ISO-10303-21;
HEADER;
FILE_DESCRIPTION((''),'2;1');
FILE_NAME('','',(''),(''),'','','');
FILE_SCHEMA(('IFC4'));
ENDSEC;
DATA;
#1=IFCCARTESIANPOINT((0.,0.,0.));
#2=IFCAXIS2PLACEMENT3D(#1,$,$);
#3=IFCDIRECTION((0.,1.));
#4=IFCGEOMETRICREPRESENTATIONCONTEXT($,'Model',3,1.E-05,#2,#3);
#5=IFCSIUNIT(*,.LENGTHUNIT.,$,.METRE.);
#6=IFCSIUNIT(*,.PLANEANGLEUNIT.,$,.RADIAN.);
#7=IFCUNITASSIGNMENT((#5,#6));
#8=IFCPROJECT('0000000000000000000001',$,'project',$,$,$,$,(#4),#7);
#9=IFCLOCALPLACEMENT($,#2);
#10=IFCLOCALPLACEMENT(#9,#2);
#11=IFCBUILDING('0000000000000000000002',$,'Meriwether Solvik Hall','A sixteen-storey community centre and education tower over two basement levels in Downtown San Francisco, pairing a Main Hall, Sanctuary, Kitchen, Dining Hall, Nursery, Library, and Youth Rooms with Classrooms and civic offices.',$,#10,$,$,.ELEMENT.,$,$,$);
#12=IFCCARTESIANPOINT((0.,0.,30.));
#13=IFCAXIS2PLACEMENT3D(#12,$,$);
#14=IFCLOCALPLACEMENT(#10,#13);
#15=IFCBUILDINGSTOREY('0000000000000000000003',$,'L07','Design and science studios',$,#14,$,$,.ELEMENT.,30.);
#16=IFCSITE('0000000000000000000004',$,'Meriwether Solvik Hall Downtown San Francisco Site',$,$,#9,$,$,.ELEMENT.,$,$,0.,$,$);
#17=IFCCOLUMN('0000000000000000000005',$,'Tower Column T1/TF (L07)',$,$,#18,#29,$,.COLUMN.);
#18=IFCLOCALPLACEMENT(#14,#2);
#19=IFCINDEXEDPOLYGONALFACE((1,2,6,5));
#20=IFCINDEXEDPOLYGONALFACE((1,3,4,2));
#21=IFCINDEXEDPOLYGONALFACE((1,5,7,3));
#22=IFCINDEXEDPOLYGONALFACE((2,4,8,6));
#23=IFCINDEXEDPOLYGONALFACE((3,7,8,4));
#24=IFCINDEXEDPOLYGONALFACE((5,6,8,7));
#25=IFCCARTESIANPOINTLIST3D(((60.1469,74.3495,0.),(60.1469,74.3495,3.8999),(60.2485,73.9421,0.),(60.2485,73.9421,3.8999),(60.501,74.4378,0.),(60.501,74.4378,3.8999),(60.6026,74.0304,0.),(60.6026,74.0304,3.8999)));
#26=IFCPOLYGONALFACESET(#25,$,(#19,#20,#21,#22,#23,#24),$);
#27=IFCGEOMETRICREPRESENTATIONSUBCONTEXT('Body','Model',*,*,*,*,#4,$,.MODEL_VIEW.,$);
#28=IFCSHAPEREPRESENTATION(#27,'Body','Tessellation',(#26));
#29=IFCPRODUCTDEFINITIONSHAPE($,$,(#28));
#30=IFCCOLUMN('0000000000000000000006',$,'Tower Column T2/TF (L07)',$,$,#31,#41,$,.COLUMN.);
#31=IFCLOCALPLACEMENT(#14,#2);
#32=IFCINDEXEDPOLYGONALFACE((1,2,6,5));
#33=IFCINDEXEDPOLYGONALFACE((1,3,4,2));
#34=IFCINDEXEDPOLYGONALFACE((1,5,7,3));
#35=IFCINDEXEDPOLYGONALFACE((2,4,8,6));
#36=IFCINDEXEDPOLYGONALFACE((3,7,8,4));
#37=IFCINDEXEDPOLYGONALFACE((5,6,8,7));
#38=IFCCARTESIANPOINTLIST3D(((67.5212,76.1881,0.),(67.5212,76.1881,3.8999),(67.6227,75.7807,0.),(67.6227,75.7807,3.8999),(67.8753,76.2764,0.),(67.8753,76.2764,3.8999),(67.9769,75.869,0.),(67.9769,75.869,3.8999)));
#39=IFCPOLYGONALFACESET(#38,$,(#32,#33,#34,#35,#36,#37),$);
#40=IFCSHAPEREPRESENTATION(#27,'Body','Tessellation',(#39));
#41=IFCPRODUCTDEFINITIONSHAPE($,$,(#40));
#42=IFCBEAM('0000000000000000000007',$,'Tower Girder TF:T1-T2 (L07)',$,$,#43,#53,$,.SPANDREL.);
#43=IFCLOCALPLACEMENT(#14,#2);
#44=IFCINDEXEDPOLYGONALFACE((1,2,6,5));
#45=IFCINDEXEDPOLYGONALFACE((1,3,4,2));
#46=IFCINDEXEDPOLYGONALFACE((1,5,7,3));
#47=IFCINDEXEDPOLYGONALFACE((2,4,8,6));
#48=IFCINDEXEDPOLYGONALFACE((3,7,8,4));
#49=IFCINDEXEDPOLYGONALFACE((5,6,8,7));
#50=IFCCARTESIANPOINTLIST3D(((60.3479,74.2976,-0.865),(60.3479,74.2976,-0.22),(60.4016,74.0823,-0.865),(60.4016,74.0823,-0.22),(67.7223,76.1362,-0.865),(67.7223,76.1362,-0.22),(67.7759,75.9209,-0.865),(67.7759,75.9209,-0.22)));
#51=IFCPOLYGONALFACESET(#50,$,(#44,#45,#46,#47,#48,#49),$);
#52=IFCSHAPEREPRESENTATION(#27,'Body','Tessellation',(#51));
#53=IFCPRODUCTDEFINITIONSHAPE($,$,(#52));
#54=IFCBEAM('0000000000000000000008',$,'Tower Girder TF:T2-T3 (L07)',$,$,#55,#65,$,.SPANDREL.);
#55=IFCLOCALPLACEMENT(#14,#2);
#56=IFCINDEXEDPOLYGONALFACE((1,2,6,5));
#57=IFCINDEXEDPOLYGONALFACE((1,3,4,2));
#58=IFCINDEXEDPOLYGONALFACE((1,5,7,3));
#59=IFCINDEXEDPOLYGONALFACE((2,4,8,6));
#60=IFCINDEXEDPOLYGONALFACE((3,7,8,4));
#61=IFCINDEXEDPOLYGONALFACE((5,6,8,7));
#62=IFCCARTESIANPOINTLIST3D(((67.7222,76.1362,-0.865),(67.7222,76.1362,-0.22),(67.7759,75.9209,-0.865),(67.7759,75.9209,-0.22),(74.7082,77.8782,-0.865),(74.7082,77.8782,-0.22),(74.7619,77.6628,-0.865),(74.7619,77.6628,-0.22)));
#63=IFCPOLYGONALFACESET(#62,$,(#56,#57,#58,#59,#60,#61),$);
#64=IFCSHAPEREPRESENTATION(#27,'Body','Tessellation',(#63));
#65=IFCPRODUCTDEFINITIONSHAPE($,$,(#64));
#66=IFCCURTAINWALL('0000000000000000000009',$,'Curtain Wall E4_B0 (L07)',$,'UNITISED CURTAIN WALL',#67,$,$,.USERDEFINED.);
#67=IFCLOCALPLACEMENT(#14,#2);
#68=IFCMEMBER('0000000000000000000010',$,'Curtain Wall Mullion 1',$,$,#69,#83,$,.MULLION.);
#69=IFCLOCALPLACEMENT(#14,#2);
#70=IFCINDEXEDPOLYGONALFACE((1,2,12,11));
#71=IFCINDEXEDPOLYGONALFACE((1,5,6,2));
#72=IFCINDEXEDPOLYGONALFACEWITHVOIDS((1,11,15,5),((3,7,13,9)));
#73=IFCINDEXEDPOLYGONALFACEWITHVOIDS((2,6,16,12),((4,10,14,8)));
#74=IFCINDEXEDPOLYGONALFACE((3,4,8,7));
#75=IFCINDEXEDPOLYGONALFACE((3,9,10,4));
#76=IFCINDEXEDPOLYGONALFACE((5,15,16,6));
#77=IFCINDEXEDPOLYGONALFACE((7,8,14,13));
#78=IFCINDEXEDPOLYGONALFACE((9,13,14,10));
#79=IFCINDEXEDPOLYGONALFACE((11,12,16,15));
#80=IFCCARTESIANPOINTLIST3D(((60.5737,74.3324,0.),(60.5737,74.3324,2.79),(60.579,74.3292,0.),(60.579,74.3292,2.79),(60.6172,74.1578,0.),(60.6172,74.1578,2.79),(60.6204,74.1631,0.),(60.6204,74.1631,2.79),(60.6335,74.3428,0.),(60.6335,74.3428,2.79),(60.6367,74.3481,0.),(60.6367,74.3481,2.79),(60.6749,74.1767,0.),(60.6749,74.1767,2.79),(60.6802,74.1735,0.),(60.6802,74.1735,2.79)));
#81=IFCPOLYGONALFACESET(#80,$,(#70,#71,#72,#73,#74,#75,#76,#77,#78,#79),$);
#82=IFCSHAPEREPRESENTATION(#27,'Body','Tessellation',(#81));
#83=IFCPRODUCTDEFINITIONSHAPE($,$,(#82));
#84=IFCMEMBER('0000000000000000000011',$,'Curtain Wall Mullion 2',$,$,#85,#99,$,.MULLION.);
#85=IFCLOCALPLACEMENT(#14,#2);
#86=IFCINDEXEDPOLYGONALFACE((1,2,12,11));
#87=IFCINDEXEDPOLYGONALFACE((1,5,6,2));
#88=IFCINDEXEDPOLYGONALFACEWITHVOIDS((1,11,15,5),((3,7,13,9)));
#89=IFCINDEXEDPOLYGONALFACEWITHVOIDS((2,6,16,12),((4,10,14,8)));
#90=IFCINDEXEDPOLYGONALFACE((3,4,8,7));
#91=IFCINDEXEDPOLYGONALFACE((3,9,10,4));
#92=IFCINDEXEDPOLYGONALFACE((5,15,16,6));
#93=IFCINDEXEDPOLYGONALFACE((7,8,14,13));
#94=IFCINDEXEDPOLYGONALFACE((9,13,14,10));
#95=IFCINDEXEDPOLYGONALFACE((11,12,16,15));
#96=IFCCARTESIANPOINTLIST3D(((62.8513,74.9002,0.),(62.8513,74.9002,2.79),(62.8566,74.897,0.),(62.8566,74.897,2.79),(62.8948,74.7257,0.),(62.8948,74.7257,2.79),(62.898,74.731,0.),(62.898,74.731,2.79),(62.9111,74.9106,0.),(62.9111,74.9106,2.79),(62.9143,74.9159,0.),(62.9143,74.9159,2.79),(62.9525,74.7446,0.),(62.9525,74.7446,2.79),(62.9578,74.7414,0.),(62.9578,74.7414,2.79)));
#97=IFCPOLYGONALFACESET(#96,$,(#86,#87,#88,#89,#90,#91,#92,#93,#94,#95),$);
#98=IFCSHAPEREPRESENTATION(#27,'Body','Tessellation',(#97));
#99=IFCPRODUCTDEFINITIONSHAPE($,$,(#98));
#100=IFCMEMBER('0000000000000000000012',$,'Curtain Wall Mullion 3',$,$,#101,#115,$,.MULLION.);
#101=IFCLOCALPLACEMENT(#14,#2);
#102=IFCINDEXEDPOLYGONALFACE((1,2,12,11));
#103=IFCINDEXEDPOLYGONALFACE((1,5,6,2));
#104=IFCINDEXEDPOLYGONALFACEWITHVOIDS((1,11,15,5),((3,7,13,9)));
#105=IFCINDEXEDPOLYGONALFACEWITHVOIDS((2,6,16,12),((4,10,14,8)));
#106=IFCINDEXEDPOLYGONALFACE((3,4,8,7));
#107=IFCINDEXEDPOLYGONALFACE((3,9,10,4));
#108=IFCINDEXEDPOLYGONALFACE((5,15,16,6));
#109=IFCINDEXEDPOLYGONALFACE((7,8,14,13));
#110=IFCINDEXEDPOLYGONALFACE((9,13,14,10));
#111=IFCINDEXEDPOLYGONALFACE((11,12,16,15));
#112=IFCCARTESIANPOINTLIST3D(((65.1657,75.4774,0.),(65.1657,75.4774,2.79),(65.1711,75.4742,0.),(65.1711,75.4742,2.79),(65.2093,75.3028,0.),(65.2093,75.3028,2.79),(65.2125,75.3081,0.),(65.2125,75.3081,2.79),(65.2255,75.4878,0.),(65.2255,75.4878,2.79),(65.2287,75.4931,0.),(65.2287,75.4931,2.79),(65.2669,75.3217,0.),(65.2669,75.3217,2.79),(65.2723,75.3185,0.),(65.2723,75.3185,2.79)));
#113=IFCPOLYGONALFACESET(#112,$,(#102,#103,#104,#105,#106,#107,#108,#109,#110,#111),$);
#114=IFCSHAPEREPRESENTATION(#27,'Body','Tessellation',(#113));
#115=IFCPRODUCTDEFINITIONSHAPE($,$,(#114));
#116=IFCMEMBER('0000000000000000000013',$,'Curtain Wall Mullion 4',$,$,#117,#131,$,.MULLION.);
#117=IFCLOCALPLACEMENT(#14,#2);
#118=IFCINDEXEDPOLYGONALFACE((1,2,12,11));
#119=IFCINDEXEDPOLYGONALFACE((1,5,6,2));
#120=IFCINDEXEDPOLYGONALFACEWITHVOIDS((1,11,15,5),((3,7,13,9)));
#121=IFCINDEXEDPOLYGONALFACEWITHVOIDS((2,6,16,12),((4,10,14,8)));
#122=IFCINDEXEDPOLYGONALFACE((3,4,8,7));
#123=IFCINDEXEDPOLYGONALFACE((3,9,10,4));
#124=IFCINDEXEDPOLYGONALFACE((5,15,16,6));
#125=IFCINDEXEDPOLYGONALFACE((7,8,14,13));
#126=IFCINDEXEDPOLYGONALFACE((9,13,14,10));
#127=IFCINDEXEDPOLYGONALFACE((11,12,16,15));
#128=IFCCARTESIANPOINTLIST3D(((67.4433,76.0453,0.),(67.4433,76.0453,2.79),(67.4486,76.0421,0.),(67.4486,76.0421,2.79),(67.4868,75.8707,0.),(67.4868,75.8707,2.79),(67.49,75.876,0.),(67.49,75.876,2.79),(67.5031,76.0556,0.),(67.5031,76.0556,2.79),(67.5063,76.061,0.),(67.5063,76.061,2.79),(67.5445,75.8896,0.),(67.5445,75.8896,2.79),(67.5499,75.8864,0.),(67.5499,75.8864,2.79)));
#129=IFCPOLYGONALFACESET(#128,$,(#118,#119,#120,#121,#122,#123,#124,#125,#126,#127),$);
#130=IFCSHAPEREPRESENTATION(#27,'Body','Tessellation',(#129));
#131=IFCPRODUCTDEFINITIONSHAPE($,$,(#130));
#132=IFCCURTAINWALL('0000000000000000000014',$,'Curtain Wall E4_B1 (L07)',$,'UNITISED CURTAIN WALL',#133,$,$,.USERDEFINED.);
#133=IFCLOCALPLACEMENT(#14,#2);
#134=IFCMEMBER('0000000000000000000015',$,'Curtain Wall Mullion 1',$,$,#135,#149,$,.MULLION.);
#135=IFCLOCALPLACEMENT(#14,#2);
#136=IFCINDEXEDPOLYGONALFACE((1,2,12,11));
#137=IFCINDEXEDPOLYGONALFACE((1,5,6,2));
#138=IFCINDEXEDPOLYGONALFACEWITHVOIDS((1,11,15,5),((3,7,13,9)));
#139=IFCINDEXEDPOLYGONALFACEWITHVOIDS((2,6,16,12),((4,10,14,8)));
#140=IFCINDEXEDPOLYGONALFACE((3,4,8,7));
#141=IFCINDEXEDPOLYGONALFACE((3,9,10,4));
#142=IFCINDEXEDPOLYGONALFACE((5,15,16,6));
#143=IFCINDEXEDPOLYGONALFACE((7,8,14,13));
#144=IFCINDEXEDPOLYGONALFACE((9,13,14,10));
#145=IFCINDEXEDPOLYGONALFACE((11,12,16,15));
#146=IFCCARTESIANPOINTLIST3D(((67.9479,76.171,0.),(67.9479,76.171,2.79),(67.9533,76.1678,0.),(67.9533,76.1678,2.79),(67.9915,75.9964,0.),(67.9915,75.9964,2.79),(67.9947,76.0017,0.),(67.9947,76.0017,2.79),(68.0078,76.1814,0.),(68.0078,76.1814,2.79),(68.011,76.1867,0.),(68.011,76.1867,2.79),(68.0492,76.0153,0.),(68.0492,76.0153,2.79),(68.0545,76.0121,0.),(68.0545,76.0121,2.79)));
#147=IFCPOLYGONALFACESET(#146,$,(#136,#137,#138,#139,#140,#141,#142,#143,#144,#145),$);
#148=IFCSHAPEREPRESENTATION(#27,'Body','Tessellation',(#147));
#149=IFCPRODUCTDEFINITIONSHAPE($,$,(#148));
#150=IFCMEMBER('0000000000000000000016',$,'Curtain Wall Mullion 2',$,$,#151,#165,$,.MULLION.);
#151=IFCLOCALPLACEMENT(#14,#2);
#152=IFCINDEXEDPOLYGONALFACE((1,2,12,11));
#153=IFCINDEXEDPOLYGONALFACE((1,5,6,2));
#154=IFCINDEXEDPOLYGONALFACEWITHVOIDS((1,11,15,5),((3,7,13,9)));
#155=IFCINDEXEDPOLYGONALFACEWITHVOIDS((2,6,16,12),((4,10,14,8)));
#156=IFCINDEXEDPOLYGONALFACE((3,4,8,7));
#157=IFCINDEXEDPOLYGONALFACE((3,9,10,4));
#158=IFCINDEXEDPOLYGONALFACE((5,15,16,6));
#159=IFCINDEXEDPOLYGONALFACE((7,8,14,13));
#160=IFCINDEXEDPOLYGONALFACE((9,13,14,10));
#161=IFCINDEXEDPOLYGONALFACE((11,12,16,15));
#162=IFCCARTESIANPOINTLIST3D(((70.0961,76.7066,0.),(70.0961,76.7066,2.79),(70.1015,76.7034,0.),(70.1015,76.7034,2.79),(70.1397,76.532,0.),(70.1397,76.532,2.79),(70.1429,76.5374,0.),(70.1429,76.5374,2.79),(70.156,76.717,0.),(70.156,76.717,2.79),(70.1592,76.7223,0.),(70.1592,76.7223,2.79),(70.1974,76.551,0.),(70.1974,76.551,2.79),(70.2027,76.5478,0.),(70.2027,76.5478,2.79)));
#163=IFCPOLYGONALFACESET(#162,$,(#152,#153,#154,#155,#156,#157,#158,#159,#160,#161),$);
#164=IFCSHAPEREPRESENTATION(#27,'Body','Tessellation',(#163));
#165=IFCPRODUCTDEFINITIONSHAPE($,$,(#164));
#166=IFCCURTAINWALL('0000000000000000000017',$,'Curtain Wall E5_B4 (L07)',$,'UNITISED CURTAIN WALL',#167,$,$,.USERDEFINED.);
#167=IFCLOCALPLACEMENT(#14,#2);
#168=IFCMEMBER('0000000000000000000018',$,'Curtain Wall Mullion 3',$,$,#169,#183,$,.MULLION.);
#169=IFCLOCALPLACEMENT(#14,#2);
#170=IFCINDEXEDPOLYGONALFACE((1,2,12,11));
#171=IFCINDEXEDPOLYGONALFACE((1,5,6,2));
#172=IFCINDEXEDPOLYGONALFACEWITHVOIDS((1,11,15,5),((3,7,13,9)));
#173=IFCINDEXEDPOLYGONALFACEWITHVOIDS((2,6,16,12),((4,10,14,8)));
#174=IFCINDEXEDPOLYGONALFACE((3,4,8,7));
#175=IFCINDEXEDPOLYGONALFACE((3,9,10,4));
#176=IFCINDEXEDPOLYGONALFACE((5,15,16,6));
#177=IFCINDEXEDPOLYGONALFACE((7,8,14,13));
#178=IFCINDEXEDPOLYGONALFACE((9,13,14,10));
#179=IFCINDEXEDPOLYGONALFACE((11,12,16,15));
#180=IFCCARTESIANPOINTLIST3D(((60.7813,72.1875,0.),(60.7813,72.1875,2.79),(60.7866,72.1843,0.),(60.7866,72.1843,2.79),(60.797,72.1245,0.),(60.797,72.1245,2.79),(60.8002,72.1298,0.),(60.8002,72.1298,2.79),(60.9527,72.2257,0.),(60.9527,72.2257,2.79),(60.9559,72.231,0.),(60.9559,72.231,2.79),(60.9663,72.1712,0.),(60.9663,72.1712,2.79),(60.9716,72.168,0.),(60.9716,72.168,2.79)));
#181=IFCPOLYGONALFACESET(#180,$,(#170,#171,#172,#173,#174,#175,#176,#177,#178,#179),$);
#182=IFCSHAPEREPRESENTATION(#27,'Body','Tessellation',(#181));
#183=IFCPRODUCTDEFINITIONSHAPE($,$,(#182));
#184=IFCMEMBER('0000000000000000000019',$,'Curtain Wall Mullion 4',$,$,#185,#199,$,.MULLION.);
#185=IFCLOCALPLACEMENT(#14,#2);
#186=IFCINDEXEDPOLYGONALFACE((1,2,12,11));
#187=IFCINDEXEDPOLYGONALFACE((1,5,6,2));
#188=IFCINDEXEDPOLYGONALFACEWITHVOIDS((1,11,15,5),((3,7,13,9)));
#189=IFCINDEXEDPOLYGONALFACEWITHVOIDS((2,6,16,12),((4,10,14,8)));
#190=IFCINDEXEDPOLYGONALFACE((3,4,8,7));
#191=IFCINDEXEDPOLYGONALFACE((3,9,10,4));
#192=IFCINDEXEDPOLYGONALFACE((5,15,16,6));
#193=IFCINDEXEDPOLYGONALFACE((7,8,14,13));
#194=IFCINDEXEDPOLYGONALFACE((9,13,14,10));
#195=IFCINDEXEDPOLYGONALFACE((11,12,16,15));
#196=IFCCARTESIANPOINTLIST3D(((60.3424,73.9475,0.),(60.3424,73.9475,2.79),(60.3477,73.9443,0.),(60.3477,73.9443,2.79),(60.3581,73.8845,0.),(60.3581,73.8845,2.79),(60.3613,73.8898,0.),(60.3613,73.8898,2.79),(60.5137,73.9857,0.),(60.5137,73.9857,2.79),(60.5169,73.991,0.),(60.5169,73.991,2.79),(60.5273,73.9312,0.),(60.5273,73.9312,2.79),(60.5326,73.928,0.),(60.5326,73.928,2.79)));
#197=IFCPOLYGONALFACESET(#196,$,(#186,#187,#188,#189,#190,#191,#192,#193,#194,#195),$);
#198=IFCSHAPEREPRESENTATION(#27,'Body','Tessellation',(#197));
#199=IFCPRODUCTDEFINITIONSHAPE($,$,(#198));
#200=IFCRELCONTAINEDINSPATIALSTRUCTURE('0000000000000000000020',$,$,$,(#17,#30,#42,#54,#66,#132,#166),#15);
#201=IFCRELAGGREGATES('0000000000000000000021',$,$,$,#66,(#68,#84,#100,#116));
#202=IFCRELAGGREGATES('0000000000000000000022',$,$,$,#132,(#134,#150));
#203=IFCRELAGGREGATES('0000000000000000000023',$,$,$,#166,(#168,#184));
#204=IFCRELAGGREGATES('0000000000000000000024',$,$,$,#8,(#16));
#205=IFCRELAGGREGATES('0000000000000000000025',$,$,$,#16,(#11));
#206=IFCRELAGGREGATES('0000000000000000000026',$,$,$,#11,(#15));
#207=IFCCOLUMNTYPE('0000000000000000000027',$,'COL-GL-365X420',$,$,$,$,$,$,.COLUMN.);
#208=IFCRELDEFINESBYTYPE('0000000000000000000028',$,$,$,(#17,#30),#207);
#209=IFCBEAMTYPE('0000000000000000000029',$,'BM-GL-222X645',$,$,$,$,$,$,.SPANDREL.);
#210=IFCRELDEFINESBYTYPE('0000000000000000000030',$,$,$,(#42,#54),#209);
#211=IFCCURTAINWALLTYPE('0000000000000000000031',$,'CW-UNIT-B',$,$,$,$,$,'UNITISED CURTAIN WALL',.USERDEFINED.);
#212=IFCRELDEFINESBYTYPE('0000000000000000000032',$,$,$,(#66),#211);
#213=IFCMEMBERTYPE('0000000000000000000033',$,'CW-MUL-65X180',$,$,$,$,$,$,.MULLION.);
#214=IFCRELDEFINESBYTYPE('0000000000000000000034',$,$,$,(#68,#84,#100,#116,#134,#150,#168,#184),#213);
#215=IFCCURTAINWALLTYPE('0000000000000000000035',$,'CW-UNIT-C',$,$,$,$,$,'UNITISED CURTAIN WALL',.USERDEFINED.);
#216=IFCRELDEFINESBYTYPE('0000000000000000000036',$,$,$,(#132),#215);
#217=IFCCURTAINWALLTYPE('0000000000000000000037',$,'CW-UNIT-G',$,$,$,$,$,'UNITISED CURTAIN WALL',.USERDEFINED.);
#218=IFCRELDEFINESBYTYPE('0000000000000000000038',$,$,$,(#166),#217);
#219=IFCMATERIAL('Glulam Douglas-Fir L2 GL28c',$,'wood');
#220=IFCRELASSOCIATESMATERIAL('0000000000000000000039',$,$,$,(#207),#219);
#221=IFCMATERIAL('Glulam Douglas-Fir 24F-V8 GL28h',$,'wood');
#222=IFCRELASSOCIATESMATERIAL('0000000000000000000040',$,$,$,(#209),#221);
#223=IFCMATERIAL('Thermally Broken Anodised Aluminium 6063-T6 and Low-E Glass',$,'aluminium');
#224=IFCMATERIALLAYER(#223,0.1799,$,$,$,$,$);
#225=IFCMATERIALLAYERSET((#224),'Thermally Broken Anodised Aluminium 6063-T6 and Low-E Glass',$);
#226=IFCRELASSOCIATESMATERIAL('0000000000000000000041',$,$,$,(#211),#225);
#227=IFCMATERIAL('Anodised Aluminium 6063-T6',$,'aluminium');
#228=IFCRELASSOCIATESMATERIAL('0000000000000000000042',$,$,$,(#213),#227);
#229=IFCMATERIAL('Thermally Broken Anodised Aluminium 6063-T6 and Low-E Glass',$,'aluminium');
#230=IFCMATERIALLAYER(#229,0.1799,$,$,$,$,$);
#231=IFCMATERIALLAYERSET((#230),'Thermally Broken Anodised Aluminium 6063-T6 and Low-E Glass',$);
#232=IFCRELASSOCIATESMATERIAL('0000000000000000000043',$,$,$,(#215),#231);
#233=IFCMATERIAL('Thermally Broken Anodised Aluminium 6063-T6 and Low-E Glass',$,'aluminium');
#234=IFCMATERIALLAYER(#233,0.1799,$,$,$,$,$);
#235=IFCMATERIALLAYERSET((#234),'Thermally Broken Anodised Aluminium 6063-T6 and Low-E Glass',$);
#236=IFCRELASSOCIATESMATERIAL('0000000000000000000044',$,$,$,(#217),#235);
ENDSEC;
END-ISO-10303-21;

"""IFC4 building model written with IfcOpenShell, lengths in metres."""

from ifc_helpers import new_model, si_unit, direction, frame, origin, origin_2d, place, context, subcontext, project, spatial, rectangle, hollow_rectangle, extrude, material, layer, layer_set, material_profile, profile_set, type_object, element, aggregate, save


model = new_model("IFC4")

# Units and contexts
model_context = context("Model", 3, precision=1e-05, world=origin(), true_north=direction((0.0, 1.0)))
body_context = subcontext(model_context, "Body", "Model", "MODEL_VIEW")
ifc_project = project(units=[si_unit("LENGTHUNIT", "METRE"), si_unit("PLANEANGLEUNIT", "RADIAN")], contexts=[model_context])

# Site, building, storey
site_placement = place(None, origin())
site = spatial("IfcSite", under=ifc_project, at=site_placement, Name="Meriwether Solvik Hall Downtown San Francisco Site", CompositionType="ELEMENT", RefElevation=0.0)
building_placement = place(site_placement, origin())
building = spatial("IfcBuilding", under=site, at=building_placement, Name="Meriwether Solvik Hall", Description="A sixteen-storey community centre and education tower over two basement levels in Downtown San Francisco, pairing a Main Hall, Sanctuary, Kitchen, Dining Hall, Nursery, Library, and Youth Rooms with Classrooms and civic offices.", CompositionType="ELEMENT")
storey_placement = place(building_placement, frame((0.0, 0.0, 30.0)))
storey = spatial("IfcBuildingStorey", under=building, at=storey_placement, Name="L07", Description="Design and science studios", CompositionType="ELEMENT", Elevation=30.0)

# Columns
ifc_material_1 = material(Name="Glulam Douglas-Fir L2 GL28c", Category="wood")
ifc_material_profile_1 = material_profile(ifc_material_1, rectangle(XDim=0.365, YDim=0.4199, at=origin_2d()), Name="GLC-365X420")
ifc_profile_set_1 = profile_set([ifc_material_profile_1], Name="Glulam Douglas-Fir L2 GL28c")
column_type = type_object("IfcColumnType", Name="COL-GL-365X420", PredefinedType="COLUMN", material=ifc_profile_set_1)
for number, where, z_axis, x_axis, name in (
    (1, (60.3748, 74.1899, 0.0), (0.0, 0.0, 1.0), (0.970296, 0.241922, 0.0), "Tower Column T1/TF (L07)"),
    (2, (67.749, 76.0286, 0.0), (0.0, 0.0, 1.0), (0.970296, 0.241922, 0.0), "Tower Column T2/TF (L07)"),
):
    element("IfcColumn", number, at=place(storey_placement, frame(where, z_axis=z_axis, x_axis=x_axis)), inside=storey, type_object=column_type, Name=name, PredefinedType="COLUMN", context=body_context, shape_type="SweptSolid", body=[
        extrude(rectangle(XDim=0.365, YDim=0.4199, at=origin_2d()), origin(), (0.0, 0.0, 1.0), 3.8999),
    ])

# Beams
ifc_material_2 = material(Name="Glulam Douglas-Fir 24F-V8 GL28h", Category="wood")
ifc_material_profile_2 = material_profile(ifc_material_2, rectangle(XDim=0.2219, YDim=0.645, at=origin_2d()), Name="GLB-222X645")
ifc_profile_set_2 = profile_set([ifc_material_profile_2], Name="Glulam Douglas-Fir 24F-V8 GL28h")
beam_type = type_object("IfcBeamType", Name="BM-GL-222X645", PredefinedType="SPANDREL", material=ifc_profile_set_2)
beam_1_placement = place(storey_placement, frame((60.3748, 74.1899, -0.5425), z_axis=(0.970295, 0.241923, 0.0), x_axis=(-0.241923, 0.970295, 0.0)))
element("IfcBeam", 3, at=beam_1_placement, inside=storey, type_object=beam_type, Name="Tower Girder TF:T1-T2 (L07)", PredefinedType="SPANDREL", context=body_context, shape_type="SweptSolid", body=[
    extrude(rectangle(XDim=0.2219, YDim=0.645, at=origin_2d()), origin(), (0.0, 0.0, 1.0), 7.6001),
])
beam_2_placement = place(storey_placement, frame((67.749, 76.0286, -0.5425), z_axis=(0.970292, 0.241937, 0.0), x_axis=(-0.241937, 0.970292, 0.0)))
element("IfcBeam", 4, at=beam_2_placement, inside=storey, type_object=beam_type, Name="Tower Girder TF:T2-T3 (L07)", PredefinedType="SPANDREL", context=body_context, shape_type="SweptSolid", body=[
    extrude(rectangle(XDim=0.2219, YDim=0.645, at=origin_2d()), origin(), (0.0, 0.0, 1.0), 7.2),
])

# Curtain walls, members
ifc_material_3 = material(Name="Thermally Broken Anodised Aluminium 6063-T6 and Low-E Glass", Category="aluminium")
ifc_layer_1 = layer(ifc_material_3, 0.1799)
ifc_layer_set_1 = layer_set([ifc_layer_1], Name="Thermally Broken Anodised Aluminium 6063-T6 and Low-E Glass")
curtain_wall_type_1 = type_object("IfcCurtainWallType", Name="CW-UNIT-B", ElementType="UNITISED CURTAIN WALL", PredefinedType="USERDEFINED", material=ifc_layer_set_1)
curtain_wall_1_placement = place(storey_placement, origin())
curtain_wall_1 = element("IfcCurtainWall", 5, at=curtain_wall_1_placement, inside=storey, type_object=curtain_wall_type_1, Name="Curtain Wall E4_B0 (L07)", ObjectType="UNITISED CURTAIN WALL", PredefinedType="USERDEFINED")
ifc_material_4 = material(Name="Anodised Aluminium 6063-T6", Category="aluminium")
ifc_material_profile_3 = material_profile(ifc_material_4, hollow_rectangle(XDim=0.0649, YDim=0.1799, WallThickness=0.0044, at=origin_2d()), Name="CWM-65X180")
ifc_profile_set_3 = profile_set([ifc_material_profile_3], Name="Anodised Aluminium 6063-T6")
member_type_1 = type_object("IfcMemberType", Name="CW-MUL-65X180", PredefinedType="MULLION", material=ifc_profile_set_3)
member_1_placement = place(storey_placement, frame((60.627, 74.2529, 0.0), z_axis=(0.0, 0.0, 1.0), x_axis=(0.970296, 0.241922, 0.0)))
member_1 = element("IfcMember", 6, at=member_1_placement, type_object=member_type_1, Name="Curtain Wall Mullion 1", PredefinedType="MULLION", context=body_context, shape_type="SweptSolid", body=[
    extrude(hollow_rectangle(XDim=0.0649, YDim=0.1799, WallThickness=0.0044, at=origin_2d()), origin(), (0.0, 0.0, 1.0), 2.79),
])
member_2_placement = place(storey_placement, frame((62.9045, 74.8208, 0.0), z_axis=(0.0, 0.0, 1.0), x_axis=(0.970296, 0.241922, 0.0)))
member_2 = element("IfcMember", 7, at=member_2_placement, type_object=member_type_1, Name="Curtain Wall Mullion 2", PredefinedType="MULLION", context=body_context, shape_type="SweptSolid", body=[
    extrude(hollow_rectangle(XDim=0.0649, YDim=0.1799, WallThickness=0.0044, at=origin_2d()), origin(), (0.0, 0.0, 1.0), 2.79),
])
member_3_placement = place(storey_placement, frame((65.219, 75.3979, 0.0), z_axis=(0.0, 0.0, 1.0), x_axis=(0.970296, 0.241922, 0.0)))
member_3 = element("IfcMember", 8, at=member_3_placement, type_object=member_type_1, Name="Curtain Wall Mullion 3", PredefinedType="MULLION", context=body_context, shape_type="SweptSolid", body=[
    extrude(hollow_rectangle(XDim=0.0649, YDim=0.1799, WallThickness=0.0044, at=origin_2d()), origin(), (0.0, 0.0, 1.0), 2.79),
])
member_4_placement = place(storey_placement, frame((67.4966, 75.9658, 0.0), z_axis=(0.0, 0.0, 1.0), x_axis=(0.970296, 0.241922, 0.0)))
member_4 = element("IfcMember", 9, at=member_4_placement, type_object=member_type_1, Name="Curtain Wall Mullion 4", PredefinedType="MULLION", context=body_context, shape_type="SweptSolid", body=[
    extrude(hollow_rectangle(XDim=0.0649, YDim=0.1799, WallThickness=0.0044, at=origin_2d()), origin(), (0.0, 0.0, 1.0), 2.79),
])
ifc_material_5 = material(Name="Thermally Broken Anodised Aluminium 6063-T6 and Low-E Glass", Category="aluminium")
ifc_layer_2 = layer(ifc_material_5, 0.1799)
ifc_layer_set_2 = layer_set([ifc_layer_2], Name="Thermally Broken Anodised Aluminium 6063-T6 and Low-E Glass")
curtain_wall_type_2 = type_object("IfcCurtainWallType", Name="CW-UNIT-C", ElementType="UNITISED CURTAIN WALL", PredefinedType="USERDEFINED", material=ifc_layer_set_2)
curtain_wall_2_placement = place(storey_placement, origin())
curtain_wall_2 = element("IfcCurtainWall", 10, at=curtain_wall_2_placement, inside=storey, type_object=curtain_wall_type_2, Name="Curtain Wall E4_B1 (L07)", ObjectType="UNITISED CURTAIN WALL", PredefinedType="USERDEFINED")
member_5_placement = place(storey_placement, frame((68.0012, 76.0916, 0.0), z_axis=(0.0, 0.0, 1.0), x_axis=(0.970296, 0.241922, 0.0)))
member_5 = element("IfcMember", 11, at=member_5_placement, type_object=member_type_1, Name="Curtain Wall Mullion 1", PredefinedType="MULLION", context=body_context, shape_type="SweptSolid", body=[
    extrude(hollow_rectangle(XDim=0.0649, YDim=0.1799, WallThickness=0.0044, at=origin_2d()), origin(), (0.0, 0.0, 1.0), 2.79),
])
member_6_placement = place(storey_placement, frame((70.1494, 76.6272, 0.0), z_axis=(0.0, 0.0, 1.0), x_axis=(0.970296, 0.241922, 0.0)))
member_6 = element("IfcMember", 12, at=member_6_placement, type_object=member_type_1, Name="Curtain Wall Mullion 2", PredefinedType="MULLION", context=body_context, shape_type="SweptSolid", body=[
    extrude(hollow_rectangle(XDim=0.0649, YDim=0.1799, WallThickness=0.0044, at=origin_2d()), origin(), (0.0, 0.0, 1.0), 2.79),
])
ifc_material_6 = material(Name="Thermally Broken Anodised Aluminium 6063-T6 and Low-E Glass", Category="aluminium")
ifc_layer_3 = layer(ifc_material_6, 0.1799)
ifc_layer_set_3 = layer_set([ifc_layer_3], Name="Thermally Broken Anodised Aluminium 6063-T6 and Low-E Glass")
curtain_wall_type_3 = type_object("IfcCurtainWallType", Name="CW-UNIT-G", ElementType="UNITISED CURTAIN WALL", PredefinedType="USERDEFINED", material=ifc_layer_set_3)
curtain_wall_3_placement = place(storey_placement, origin())
curtain_wall_3 = element("IfcCurtainWall", 13, at=curtain_wall_3_placement, inside=storey, type_object=curtain_wall_type_3, Name="Curtain Wall E5_B4 (L07)", ObjectType="UNITISED CURTAIN WALL", PredefinedType="USERDEFINED")
member_7_placement = place(storey_placement, frame((60.8765, 72.1777, 0.0), z_axis=(0.0, 0.0, 1.0), x_axis=(-0.241922, 0.970296, 0.0)))
member_7 = element("IfcMember", 14, at=member_7_placement, type_object=member_type_1, Name="Curtain Wall Mullion 3", PredefinedType="MULLION", context=body_context, shape_type="SweptSolid", body=[
    extrude(hollow_rectangle(XDim=0.0649, YDim=0.1799, WallThickness=0.0044, at=origin_2d()), origin(), (0.0, 0.0, 1.0), 2.79),
])
member_8_placement = place(storey_placement, frame((60.4375, 73.9377, 0.0), z_axis=(0.0, 0.0, 1.0), x_axis=(-0.241922, 0.970296, 0.0)))
member_8 = element("IfcMember", 15, at=member_8_placement, type_object=member_type_1, Name="Curtain Wall Mullion 4", PredefinedType="MULLION", context=body_context, shape_type="SweptSolid", body=[
    extrude(hollow_rectangle(XDim=0.0649, YDim=0.1799, WallThickness=0.0044, at=origin_2d()), origin(), (0.0, 0.0, 1.0), 2.79),
])

aggregate(curtain_wall_1, [member_1, member_2, member_3, member_4])
aggregate(curtain_wall_2, [member_5, member_6])
aggregate(curtain_wall_3, [member_7, member_8])

save(model, "model.ifc")
